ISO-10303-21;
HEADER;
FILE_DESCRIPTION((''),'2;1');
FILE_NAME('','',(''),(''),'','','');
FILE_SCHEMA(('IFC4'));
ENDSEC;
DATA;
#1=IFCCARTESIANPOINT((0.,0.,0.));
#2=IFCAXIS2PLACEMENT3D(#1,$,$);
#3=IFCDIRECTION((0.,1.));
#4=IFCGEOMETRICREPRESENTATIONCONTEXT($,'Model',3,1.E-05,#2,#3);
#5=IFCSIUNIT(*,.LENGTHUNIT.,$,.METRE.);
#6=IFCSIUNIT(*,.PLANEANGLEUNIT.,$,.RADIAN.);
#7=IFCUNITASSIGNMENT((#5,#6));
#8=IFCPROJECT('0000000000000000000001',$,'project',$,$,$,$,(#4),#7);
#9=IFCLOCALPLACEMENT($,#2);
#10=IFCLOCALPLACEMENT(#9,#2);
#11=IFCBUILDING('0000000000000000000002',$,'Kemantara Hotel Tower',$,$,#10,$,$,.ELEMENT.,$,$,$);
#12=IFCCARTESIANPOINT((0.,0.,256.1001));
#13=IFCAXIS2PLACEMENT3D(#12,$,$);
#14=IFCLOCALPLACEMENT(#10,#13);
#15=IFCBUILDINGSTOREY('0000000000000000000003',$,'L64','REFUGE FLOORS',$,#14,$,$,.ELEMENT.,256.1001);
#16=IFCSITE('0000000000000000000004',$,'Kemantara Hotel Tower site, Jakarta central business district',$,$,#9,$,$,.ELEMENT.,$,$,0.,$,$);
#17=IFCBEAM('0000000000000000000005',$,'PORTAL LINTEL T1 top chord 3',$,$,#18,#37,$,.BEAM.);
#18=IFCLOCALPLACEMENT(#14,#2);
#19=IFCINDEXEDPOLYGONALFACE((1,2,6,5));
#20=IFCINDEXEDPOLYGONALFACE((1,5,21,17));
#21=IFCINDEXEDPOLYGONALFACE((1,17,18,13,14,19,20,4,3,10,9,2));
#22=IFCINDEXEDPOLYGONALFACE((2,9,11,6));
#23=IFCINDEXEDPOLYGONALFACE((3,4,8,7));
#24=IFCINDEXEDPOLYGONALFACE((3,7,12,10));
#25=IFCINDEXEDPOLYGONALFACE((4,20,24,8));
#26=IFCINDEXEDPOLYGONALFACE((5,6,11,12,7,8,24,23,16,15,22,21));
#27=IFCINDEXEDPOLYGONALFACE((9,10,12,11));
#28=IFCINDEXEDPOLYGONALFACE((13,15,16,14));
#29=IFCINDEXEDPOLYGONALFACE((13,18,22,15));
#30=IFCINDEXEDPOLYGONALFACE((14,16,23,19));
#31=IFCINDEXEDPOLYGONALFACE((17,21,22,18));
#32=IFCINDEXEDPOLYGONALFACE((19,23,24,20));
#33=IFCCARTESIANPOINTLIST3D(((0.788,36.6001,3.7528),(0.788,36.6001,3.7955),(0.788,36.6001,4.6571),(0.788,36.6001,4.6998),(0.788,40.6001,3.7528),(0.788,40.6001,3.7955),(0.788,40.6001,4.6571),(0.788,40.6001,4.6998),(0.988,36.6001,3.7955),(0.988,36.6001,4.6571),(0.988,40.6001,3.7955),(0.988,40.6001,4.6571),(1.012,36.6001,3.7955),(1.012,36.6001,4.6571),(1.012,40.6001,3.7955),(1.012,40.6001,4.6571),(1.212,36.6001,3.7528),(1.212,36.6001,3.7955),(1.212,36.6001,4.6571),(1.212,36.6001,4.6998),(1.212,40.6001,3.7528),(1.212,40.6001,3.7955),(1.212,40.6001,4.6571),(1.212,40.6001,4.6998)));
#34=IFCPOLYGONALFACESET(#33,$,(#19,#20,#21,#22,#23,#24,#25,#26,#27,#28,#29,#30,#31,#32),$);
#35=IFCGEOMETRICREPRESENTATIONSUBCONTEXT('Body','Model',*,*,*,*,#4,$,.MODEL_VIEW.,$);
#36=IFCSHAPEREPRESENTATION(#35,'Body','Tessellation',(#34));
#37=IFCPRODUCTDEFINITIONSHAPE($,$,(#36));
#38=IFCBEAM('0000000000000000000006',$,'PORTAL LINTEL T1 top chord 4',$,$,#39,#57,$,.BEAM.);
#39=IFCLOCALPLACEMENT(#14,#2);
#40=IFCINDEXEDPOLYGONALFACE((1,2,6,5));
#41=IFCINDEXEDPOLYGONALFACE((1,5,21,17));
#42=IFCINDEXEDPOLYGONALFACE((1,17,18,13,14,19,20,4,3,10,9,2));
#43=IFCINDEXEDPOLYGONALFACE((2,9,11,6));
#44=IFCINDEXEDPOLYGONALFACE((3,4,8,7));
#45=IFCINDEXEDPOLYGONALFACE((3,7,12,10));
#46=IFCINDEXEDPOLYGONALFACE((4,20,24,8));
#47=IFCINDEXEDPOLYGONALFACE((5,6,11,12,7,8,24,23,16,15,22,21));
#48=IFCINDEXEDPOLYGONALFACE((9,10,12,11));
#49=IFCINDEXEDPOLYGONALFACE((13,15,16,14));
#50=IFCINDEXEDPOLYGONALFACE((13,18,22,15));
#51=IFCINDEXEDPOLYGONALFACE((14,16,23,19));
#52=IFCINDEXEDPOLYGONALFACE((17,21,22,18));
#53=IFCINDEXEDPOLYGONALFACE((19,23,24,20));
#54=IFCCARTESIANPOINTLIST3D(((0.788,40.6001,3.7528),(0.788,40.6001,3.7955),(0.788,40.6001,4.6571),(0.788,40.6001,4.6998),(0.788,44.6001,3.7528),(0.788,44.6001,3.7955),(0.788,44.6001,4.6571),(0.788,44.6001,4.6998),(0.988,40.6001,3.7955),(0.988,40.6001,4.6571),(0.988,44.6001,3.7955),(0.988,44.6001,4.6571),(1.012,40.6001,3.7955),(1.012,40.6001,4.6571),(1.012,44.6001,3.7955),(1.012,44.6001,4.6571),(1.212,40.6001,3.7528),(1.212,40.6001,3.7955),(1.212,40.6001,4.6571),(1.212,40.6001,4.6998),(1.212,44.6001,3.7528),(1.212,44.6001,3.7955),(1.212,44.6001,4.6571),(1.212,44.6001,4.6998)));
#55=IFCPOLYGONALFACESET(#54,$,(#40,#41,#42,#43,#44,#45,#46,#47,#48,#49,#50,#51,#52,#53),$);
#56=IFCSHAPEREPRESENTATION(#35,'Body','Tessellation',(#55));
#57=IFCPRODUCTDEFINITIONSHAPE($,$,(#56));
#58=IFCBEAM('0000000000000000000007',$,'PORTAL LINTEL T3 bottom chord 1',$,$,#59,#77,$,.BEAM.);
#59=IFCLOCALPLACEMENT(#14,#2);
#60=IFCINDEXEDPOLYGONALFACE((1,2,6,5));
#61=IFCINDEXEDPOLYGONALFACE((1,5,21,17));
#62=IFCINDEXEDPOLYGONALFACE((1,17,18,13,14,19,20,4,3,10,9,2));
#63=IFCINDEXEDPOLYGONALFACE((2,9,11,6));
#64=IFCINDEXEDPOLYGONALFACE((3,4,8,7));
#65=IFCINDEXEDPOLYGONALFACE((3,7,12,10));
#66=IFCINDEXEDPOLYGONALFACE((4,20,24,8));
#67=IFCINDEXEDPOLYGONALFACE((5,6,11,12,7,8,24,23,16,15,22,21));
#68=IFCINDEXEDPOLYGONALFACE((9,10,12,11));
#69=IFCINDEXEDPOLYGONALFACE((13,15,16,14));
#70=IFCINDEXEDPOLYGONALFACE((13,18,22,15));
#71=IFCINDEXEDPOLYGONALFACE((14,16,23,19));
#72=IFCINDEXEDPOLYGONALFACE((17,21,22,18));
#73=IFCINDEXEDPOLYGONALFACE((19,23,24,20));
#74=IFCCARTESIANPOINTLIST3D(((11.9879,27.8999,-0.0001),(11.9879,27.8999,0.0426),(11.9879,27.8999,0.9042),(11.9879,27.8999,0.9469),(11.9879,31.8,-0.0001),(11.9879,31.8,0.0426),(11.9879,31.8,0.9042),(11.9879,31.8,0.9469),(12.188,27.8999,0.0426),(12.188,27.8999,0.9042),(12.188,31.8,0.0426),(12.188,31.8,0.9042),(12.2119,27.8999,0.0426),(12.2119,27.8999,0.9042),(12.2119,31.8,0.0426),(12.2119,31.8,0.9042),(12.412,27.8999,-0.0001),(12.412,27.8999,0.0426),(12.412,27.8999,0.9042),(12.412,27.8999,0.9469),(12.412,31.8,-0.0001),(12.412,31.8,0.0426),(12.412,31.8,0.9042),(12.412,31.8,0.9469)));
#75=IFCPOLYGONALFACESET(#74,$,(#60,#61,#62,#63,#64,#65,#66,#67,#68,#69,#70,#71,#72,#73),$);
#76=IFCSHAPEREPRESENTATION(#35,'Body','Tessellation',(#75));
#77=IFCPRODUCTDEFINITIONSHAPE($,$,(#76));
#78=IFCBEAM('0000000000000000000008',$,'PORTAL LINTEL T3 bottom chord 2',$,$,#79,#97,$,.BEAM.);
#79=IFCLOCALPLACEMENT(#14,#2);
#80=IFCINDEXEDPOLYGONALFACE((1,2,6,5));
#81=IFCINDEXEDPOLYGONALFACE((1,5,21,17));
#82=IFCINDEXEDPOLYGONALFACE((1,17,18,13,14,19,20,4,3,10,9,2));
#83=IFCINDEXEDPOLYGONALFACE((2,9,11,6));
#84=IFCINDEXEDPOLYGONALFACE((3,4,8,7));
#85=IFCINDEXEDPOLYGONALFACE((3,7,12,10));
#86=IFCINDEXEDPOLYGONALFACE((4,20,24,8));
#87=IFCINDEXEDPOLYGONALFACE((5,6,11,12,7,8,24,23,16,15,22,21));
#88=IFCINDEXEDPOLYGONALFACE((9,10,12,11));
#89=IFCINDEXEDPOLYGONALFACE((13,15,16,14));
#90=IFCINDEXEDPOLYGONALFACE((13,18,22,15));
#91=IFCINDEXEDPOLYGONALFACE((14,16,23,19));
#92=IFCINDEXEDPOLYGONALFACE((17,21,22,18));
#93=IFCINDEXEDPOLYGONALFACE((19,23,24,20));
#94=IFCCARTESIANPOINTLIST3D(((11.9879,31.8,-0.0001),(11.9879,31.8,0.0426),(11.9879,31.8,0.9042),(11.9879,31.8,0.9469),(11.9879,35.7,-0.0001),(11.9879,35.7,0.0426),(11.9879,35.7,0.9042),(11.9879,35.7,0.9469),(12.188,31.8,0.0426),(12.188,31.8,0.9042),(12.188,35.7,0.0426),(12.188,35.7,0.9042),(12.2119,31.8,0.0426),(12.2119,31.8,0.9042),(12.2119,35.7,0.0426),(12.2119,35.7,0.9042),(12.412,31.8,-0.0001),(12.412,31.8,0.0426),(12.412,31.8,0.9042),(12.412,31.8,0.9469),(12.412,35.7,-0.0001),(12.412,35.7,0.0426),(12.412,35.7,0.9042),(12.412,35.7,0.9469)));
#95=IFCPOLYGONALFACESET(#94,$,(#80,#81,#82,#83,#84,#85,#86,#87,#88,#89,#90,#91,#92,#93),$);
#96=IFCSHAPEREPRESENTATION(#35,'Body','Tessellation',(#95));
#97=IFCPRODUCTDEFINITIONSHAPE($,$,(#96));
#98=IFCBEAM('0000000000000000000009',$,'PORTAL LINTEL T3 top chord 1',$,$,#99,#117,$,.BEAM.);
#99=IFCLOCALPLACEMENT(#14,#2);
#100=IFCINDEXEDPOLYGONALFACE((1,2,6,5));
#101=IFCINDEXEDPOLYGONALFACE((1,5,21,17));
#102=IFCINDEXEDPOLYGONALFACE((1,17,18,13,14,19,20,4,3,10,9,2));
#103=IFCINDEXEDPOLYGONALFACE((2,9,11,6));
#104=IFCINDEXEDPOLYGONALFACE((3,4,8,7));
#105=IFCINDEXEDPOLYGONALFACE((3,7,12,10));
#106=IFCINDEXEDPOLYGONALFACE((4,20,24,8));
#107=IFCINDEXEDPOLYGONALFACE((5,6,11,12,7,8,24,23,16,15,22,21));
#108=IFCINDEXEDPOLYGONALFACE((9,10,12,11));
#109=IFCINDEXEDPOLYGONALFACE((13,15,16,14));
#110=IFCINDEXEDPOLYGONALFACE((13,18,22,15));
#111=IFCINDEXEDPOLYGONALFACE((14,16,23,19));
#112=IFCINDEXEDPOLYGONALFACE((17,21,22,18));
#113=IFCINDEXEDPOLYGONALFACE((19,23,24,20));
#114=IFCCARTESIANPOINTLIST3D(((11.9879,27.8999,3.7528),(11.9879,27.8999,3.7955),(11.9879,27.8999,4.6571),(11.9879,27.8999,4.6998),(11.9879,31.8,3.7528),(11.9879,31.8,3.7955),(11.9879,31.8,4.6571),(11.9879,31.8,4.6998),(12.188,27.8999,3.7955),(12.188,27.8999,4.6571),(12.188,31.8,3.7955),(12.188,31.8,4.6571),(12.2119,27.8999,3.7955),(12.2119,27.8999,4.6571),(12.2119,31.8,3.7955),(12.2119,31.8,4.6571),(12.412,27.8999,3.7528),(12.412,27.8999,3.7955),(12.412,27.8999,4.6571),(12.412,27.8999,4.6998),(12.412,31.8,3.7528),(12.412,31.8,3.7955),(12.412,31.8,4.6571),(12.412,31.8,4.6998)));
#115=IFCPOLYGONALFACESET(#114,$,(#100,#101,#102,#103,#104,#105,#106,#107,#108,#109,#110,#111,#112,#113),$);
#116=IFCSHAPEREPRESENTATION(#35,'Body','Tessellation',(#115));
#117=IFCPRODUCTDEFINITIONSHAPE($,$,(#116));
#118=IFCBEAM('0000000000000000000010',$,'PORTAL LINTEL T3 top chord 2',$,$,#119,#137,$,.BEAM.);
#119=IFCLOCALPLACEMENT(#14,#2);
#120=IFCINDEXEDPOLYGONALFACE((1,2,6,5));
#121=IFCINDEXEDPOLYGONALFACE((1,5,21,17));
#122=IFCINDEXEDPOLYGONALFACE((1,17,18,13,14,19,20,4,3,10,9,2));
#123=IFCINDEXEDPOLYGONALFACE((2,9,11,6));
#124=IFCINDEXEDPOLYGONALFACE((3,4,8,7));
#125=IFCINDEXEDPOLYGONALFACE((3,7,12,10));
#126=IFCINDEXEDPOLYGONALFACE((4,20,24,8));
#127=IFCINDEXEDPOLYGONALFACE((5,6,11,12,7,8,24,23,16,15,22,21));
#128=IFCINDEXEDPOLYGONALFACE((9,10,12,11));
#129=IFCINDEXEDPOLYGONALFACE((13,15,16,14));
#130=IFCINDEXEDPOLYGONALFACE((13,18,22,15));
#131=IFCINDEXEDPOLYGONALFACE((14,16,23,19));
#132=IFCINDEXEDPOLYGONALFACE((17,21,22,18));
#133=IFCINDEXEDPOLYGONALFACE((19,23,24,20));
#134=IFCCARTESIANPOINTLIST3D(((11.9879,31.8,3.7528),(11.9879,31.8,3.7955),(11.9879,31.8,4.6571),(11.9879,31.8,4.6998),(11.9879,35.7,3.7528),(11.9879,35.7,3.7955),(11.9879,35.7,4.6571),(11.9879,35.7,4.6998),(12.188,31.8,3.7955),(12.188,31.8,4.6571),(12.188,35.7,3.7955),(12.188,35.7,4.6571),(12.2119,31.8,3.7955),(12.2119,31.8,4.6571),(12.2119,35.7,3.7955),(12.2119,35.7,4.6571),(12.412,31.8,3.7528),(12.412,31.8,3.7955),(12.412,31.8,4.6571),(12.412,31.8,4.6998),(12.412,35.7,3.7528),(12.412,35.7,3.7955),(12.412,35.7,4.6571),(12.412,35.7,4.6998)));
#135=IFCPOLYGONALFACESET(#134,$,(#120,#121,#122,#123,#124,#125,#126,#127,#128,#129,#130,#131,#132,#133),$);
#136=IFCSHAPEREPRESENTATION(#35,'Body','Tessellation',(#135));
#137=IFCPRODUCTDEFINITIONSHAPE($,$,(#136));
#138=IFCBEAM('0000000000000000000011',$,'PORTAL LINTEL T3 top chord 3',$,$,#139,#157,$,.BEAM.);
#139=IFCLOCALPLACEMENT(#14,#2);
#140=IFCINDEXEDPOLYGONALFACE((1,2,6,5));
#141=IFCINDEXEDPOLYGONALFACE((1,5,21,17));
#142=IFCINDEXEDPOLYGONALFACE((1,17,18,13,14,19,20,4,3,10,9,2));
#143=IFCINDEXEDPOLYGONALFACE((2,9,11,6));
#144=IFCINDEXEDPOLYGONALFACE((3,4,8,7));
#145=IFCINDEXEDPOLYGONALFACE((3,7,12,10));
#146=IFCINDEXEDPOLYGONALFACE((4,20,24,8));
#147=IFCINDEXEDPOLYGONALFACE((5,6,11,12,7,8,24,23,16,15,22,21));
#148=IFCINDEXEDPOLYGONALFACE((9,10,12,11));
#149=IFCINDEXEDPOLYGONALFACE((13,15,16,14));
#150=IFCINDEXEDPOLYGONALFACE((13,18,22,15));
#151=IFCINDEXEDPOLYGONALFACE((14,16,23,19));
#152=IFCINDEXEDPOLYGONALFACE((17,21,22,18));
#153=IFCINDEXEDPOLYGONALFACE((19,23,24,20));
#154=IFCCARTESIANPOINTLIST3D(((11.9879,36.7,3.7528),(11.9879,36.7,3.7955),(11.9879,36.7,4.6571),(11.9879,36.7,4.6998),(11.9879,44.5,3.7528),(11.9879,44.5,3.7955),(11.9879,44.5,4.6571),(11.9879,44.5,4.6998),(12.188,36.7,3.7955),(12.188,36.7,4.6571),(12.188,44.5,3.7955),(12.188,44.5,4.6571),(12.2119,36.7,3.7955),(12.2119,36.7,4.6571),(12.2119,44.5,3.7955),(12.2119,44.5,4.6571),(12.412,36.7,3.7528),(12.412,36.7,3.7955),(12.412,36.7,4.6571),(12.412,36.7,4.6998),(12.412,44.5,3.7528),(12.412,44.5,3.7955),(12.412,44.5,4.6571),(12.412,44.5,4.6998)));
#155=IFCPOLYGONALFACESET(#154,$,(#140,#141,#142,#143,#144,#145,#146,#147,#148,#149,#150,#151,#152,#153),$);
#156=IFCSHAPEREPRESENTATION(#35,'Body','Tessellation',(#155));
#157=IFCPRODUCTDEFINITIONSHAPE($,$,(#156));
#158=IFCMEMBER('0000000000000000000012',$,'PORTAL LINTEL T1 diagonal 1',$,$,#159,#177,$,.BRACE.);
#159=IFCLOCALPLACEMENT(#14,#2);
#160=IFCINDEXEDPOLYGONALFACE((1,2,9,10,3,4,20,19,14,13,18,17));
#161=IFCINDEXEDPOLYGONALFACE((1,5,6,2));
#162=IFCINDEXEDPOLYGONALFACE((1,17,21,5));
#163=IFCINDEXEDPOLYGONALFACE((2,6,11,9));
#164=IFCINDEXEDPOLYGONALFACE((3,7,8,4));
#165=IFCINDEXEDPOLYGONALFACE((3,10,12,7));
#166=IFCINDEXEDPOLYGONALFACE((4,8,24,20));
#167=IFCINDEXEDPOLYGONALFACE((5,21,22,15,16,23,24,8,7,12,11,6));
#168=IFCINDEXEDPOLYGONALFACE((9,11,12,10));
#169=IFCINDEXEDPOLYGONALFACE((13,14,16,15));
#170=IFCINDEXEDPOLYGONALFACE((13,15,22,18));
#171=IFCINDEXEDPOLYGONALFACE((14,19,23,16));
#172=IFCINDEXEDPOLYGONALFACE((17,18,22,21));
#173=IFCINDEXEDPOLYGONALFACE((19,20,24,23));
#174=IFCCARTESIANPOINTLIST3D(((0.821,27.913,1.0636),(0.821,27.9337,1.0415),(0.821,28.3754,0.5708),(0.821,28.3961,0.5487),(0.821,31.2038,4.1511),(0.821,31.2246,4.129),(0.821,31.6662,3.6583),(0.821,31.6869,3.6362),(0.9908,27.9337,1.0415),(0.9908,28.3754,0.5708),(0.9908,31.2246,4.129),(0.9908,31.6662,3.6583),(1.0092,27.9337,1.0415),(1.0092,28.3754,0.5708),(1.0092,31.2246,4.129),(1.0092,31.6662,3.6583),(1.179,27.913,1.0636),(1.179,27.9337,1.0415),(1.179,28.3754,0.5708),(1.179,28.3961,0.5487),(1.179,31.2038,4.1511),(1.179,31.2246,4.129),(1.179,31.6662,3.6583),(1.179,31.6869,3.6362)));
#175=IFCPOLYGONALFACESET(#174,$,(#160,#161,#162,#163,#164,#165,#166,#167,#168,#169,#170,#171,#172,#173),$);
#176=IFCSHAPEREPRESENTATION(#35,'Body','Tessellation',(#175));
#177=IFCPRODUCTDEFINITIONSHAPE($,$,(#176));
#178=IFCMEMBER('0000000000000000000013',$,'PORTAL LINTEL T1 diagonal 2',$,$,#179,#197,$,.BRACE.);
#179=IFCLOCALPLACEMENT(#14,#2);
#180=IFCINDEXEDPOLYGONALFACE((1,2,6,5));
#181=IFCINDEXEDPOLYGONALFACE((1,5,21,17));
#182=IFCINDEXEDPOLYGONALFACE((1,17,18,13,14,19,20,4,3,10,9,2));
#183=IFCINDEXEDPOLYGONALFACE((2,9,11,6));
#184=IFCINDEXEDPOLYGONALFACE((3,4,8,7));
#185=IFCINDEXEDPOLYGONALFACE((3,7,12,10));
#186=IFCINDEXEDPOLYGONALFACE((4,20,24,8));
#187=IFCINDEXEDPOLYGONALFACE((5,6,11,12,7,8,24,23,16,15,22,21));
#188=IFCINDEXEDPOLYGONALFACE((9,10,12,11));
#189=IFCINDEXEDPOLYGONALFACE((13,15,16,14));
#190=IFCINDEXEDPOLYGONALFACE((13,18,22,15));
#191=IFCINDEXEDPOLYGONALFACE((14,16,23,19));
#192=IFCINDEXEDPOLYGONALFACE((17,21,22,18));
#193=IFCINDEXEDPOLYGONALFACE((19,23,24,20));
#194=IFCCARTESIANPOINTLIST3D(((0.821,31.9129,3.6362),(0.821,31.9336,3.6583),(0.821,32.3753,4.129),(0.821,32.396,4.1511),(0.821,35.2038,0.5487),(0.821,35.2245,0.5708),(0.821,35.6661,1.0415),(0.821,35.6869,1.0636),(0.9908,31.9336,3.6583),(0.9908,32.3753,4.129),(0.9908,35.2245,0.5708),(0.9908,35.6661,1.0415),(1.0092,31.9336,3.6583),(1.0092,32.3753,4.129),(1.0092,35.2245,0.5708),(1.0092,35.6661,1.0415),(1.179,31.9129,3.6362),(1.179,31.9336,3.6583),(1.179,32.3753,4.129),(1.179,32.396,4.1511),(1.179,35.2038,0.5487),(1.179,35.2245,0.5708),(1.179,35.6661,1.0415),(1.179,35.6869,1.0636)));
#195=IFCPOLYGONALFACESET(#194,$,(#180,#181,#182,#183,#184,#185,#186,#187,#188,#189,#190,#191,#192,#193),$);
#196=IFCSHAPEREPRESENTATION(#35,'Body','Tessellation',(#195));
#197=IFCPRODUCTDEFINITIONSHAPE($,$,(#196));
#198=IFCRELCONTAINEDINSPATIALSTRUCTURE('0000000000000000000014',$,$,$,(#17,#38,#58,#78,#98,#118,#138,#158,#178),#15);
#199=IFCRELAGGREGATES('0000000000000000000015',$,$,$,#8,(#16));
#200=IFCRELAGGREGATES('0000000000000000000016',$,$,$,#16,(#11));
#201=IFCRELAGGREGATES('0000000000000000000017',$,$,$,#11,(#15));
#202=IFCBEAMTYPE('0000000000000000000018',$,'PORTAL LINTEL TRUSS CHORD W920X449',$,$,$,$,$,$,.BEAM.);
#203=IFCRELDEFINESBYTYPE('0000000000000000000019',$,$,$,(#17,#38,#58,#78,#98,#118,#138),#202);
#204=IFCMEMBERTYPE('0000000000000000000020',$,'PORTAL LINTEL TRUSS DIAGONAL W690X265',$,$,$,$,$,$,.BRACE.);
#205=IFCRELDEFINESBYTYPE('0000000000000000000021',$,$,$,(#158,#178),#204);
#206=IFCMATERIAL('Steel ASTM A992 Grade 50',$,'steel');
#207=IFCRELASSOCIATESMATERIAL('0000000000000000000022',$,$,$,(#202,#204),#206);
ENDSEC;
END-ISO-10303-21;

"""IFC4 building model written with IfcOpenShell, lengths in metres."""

from ifc_helpers import new_model, si_unit, direction, frame, origin, origin_2d, place, context, subcontext, project, spatial, i_section, extrude, material, material_profile, profile_set, type_object, element, save


model = new_model("IFC4")

# Units and contexts
model_context = context("Model", 3, precision=1e-05, world=origin(), true_north=direction((0.0, 1.0)))
body_context = subcontext(model_context, "Body", "Model", "MODEL_VIEW")
ifc_project = project(units=[si_unit("LENGTHUNIT", "METRE"), si_unit("PLANEANGLEUNIT", "RADIAN")], contexts=[model_context])

# Site, building, storey
site_placement = place(None, origin())
site = spatial("IfcSite", under=ifc_project, at=site_placement, Name="Kemantara Hotel Tower site, Jakarta central business district", CompositionType="ELEMENT", RefElevation=0.0)
building_placement = place(site_placement, origin())
building = spatial("IfcBuilding", under=site, at=building_placement, Name="Kemantara Hotel Tower", CompositionType="ELEMENT")
storey_placement = place(building_placement, frame((0.0, 0.0, 256.1001)))
storey = spatial("IfcBuildingStorey", under=building, at=storey_placement, Name="L64", Description="REFUGE FLOORS", CompositionType="ELEMENT", Elevation=256.1001)

# Beams
ifc_material_1 = material(Name="Steel ASTM A992 Grade 50", Category="steel")
ifc_material_profile_1 = material_profile(ifc_material_1, i_section(OverallWidth=0.4241, OverallDepth=0.947, WebThickness=0.0239, FlangeThickness=0.0427, at=origin_2d()), Name="W920X449")
ifc_profile_set_1 = profile_set([ifc_material_profile_1], Name="Steel ASTM A992 Grade 50")
beam_type = type_object("IfcBeamType", Name="PORTAL LINTEL TRUSS CHORD W920X449", PredefinedType="BEAM", material=ifc_profile_set_1)
for number, where, z_axis, x_axis, name in (
    (1, (1.0, 36.6001, 4.2263), (0.0, 1.0, 0.0), (-1.0, 0.0, 0.0), "PORTAL LINTEL T1 top chord 3"),
    (2, (1.0, 40.6001, 4.2263), (0.0, 1.0, 0.0), (-1.0, 0.0, 0.0), "PORTAL LINTEL T1 top chord 4"),
):
    element("IfcBeam", number, at=place(storey_placement, frame(where, z_axis=z_axis, x_axis=x_axis)), inside=storey, type_object=beam_type, Name=name, PredefinedType="BEAM", context=body_context, shape_type="SweptSolid", body=[
        extrude(i_section(OverallWidth=0.4241, OverallDepth=0.947, WebThickness=0.0239, FlangeThickness=0.0427, at=origin_2d()), origin(), (0.0, 0.0, 1.0), 4.0),
    ])
beam_1_placement = place(storey_placement, frame((12.2, 27.8999, 0.4734), z_axis=(0.0, 1.0, 0.0), x_axis=(-1.0, 0.0, 0.0)))
element("IfcBeam", 3, at=beam_1_placement, inside=storey, type_object=beam_type, Name="PORTAL LINTEL T3 bottom chord 1", PredefinedType="BEAM", context=body_context, shape_type="SweptSolid", body=[
    extrude(i_section(OverallWidth=0.4241, OverallDepth=0.947, WebThickness=0.0239, FlangeThickness=0.0427, at=origin_2d()), origin(), (0.0, 0.0, 1.0), 3.9001),
])
beam_2_placement = place(storey_placement, frame((12.2, 31.8, 0.4734), z_axis=(0.0, 1.0, 0.0), x_axis=(-1.0, 0.0, 0.0)))
element("IfcBeam", 4, at=beam_2_placement, inside=storey, type_object=beam_type, Name="PORTAL LINTEL T3 bottom chord 2", PredefinedType="BEAM", context=body_context, shape_type="SweptSolid", body=[
    extrude(i_section(OverallWidth=0.4241, OverallDepth=0.947, WebThickness=0.0239, FlangeThickness=0.0427, at=origin_2d()), origin(), (0.0, 0.0, 1.0), 3.8999),
])
beam_3_placement = place(storey_placement, frame((12.2, 27.8999, 4.2263), z_axis=(0.0, 1.0, 0.0), x_axis=(-1.0, 0.0, 0.0)))
element("IfcBeam", 5, at=beam_3_placement, inside=storey, type_object=beam_type, Name="PORTAL LINTEL T3 top chord 1", PredefinedType="BEAM", context=body_context, shape_type="SweptSolid", body=[
    extrude(i_section(OverallWidth=0.4241, OverallDepth=0.947, WebThickness=0.0239, FlangeThickness=0.0427, at=origin_2d()), origin(), (0.0, 0.0, 1.0), 3.9001),
])
beam_4_placement = place(storey_placement, frame((12.2, 31.8, 4.2263), z_axis=(0.0, 1.0, 0.0), x_axis=(-1.0, 0.0, 0.0)))
element("IfcBeam", 6, at=beam_4_placement, inside=storey, type_object=beam_type, Name="PORTAL LINTEL T3 top chord 2", PredefinedType="BEAM", context=body_context, shape_type="SweptSolid", body=[
    extrude(i_section(OverallWidth=0.4241, OverallDepth=0.947, WebThickness=0.0239, FlangeThickness=0.0427, at=origin_2d()), origin(), (0.0, 0.0, 1.0), 3.8999),
])
beam_5_placement = place(storey_placement, frame((12.2, 36.7, 4.2263), z_axis=(0.0, 1.0, 0.0), x_axis=(-1.0, 0.0, 0.0)))
element("IfcBeam", 7, at=beam_5_placement, inside=storey, type_object=beam_type, Name="PORTAL LINTEL T3 top chord 3", PredefinedType="BEAM", context=body_context, shape_type="SweptSolid", body=[
    extrude(i_section(OverallWidth=0.4241, OverallDepth=0.947, WebThickness=0.0239, FlangeThickness=0.0427, at=origin_2d()), origin(), (0.0, 0.0, 1.0), 7.8),
])

# Members
ifc_material_profile_2 = material_profile(ifc_material_1, i_section(OverallWidth=0.3579, OverallDepth=0.7061, WebThickness=0.0183, FlangeThickness=0.0303, at=origin_2d()), Name="W690X265")
ifc_profile_set_2 = profile_set([ifc_material_profile_2], Name="Steel ASTM A992 Grade 50")
member_type_1 = type_object("IfcMemberType", Name="PORTAL LINTEL TRUSS DIAGONAL W690X265", PredefinedType="BRACE", material=ifc_profile_set_2)
for number, where, z_axis, x_axis, name in (
    (8, (1.0, 28.1545, 0.8062), (0.0, 0.729282, 0.684213), (-1.0, 0.0, 0.0), "PORTAL LINTEL T1 diagonal 1"),
    (9, (1.0, 35.4453, 0.8062), (0.0, -0.729282, 0.684213), (1.0, 0.0, 0.0), "PORTAL LINTEL T1 diagonal 2"),
):
    element("IfcMember", number, at=place(storey_placement, frame(where, z_axis=z_axis, x_axis=x_axis)), inside=storey, type_object=member_type_1, Name=name, PredefinedType="BRACE", context=body_context, shape_type="SweptSolid", body=[
        extrude(i_section(OverallWidth=0.3579, OverallDepth=0.7061, WebThickness=0.0183, FlangeThickness=0.0303, at=origin_2d()), origin(), (0.0, 0.0, 1.0), 4.5125),
    ])

save(model, "model.ifc")
